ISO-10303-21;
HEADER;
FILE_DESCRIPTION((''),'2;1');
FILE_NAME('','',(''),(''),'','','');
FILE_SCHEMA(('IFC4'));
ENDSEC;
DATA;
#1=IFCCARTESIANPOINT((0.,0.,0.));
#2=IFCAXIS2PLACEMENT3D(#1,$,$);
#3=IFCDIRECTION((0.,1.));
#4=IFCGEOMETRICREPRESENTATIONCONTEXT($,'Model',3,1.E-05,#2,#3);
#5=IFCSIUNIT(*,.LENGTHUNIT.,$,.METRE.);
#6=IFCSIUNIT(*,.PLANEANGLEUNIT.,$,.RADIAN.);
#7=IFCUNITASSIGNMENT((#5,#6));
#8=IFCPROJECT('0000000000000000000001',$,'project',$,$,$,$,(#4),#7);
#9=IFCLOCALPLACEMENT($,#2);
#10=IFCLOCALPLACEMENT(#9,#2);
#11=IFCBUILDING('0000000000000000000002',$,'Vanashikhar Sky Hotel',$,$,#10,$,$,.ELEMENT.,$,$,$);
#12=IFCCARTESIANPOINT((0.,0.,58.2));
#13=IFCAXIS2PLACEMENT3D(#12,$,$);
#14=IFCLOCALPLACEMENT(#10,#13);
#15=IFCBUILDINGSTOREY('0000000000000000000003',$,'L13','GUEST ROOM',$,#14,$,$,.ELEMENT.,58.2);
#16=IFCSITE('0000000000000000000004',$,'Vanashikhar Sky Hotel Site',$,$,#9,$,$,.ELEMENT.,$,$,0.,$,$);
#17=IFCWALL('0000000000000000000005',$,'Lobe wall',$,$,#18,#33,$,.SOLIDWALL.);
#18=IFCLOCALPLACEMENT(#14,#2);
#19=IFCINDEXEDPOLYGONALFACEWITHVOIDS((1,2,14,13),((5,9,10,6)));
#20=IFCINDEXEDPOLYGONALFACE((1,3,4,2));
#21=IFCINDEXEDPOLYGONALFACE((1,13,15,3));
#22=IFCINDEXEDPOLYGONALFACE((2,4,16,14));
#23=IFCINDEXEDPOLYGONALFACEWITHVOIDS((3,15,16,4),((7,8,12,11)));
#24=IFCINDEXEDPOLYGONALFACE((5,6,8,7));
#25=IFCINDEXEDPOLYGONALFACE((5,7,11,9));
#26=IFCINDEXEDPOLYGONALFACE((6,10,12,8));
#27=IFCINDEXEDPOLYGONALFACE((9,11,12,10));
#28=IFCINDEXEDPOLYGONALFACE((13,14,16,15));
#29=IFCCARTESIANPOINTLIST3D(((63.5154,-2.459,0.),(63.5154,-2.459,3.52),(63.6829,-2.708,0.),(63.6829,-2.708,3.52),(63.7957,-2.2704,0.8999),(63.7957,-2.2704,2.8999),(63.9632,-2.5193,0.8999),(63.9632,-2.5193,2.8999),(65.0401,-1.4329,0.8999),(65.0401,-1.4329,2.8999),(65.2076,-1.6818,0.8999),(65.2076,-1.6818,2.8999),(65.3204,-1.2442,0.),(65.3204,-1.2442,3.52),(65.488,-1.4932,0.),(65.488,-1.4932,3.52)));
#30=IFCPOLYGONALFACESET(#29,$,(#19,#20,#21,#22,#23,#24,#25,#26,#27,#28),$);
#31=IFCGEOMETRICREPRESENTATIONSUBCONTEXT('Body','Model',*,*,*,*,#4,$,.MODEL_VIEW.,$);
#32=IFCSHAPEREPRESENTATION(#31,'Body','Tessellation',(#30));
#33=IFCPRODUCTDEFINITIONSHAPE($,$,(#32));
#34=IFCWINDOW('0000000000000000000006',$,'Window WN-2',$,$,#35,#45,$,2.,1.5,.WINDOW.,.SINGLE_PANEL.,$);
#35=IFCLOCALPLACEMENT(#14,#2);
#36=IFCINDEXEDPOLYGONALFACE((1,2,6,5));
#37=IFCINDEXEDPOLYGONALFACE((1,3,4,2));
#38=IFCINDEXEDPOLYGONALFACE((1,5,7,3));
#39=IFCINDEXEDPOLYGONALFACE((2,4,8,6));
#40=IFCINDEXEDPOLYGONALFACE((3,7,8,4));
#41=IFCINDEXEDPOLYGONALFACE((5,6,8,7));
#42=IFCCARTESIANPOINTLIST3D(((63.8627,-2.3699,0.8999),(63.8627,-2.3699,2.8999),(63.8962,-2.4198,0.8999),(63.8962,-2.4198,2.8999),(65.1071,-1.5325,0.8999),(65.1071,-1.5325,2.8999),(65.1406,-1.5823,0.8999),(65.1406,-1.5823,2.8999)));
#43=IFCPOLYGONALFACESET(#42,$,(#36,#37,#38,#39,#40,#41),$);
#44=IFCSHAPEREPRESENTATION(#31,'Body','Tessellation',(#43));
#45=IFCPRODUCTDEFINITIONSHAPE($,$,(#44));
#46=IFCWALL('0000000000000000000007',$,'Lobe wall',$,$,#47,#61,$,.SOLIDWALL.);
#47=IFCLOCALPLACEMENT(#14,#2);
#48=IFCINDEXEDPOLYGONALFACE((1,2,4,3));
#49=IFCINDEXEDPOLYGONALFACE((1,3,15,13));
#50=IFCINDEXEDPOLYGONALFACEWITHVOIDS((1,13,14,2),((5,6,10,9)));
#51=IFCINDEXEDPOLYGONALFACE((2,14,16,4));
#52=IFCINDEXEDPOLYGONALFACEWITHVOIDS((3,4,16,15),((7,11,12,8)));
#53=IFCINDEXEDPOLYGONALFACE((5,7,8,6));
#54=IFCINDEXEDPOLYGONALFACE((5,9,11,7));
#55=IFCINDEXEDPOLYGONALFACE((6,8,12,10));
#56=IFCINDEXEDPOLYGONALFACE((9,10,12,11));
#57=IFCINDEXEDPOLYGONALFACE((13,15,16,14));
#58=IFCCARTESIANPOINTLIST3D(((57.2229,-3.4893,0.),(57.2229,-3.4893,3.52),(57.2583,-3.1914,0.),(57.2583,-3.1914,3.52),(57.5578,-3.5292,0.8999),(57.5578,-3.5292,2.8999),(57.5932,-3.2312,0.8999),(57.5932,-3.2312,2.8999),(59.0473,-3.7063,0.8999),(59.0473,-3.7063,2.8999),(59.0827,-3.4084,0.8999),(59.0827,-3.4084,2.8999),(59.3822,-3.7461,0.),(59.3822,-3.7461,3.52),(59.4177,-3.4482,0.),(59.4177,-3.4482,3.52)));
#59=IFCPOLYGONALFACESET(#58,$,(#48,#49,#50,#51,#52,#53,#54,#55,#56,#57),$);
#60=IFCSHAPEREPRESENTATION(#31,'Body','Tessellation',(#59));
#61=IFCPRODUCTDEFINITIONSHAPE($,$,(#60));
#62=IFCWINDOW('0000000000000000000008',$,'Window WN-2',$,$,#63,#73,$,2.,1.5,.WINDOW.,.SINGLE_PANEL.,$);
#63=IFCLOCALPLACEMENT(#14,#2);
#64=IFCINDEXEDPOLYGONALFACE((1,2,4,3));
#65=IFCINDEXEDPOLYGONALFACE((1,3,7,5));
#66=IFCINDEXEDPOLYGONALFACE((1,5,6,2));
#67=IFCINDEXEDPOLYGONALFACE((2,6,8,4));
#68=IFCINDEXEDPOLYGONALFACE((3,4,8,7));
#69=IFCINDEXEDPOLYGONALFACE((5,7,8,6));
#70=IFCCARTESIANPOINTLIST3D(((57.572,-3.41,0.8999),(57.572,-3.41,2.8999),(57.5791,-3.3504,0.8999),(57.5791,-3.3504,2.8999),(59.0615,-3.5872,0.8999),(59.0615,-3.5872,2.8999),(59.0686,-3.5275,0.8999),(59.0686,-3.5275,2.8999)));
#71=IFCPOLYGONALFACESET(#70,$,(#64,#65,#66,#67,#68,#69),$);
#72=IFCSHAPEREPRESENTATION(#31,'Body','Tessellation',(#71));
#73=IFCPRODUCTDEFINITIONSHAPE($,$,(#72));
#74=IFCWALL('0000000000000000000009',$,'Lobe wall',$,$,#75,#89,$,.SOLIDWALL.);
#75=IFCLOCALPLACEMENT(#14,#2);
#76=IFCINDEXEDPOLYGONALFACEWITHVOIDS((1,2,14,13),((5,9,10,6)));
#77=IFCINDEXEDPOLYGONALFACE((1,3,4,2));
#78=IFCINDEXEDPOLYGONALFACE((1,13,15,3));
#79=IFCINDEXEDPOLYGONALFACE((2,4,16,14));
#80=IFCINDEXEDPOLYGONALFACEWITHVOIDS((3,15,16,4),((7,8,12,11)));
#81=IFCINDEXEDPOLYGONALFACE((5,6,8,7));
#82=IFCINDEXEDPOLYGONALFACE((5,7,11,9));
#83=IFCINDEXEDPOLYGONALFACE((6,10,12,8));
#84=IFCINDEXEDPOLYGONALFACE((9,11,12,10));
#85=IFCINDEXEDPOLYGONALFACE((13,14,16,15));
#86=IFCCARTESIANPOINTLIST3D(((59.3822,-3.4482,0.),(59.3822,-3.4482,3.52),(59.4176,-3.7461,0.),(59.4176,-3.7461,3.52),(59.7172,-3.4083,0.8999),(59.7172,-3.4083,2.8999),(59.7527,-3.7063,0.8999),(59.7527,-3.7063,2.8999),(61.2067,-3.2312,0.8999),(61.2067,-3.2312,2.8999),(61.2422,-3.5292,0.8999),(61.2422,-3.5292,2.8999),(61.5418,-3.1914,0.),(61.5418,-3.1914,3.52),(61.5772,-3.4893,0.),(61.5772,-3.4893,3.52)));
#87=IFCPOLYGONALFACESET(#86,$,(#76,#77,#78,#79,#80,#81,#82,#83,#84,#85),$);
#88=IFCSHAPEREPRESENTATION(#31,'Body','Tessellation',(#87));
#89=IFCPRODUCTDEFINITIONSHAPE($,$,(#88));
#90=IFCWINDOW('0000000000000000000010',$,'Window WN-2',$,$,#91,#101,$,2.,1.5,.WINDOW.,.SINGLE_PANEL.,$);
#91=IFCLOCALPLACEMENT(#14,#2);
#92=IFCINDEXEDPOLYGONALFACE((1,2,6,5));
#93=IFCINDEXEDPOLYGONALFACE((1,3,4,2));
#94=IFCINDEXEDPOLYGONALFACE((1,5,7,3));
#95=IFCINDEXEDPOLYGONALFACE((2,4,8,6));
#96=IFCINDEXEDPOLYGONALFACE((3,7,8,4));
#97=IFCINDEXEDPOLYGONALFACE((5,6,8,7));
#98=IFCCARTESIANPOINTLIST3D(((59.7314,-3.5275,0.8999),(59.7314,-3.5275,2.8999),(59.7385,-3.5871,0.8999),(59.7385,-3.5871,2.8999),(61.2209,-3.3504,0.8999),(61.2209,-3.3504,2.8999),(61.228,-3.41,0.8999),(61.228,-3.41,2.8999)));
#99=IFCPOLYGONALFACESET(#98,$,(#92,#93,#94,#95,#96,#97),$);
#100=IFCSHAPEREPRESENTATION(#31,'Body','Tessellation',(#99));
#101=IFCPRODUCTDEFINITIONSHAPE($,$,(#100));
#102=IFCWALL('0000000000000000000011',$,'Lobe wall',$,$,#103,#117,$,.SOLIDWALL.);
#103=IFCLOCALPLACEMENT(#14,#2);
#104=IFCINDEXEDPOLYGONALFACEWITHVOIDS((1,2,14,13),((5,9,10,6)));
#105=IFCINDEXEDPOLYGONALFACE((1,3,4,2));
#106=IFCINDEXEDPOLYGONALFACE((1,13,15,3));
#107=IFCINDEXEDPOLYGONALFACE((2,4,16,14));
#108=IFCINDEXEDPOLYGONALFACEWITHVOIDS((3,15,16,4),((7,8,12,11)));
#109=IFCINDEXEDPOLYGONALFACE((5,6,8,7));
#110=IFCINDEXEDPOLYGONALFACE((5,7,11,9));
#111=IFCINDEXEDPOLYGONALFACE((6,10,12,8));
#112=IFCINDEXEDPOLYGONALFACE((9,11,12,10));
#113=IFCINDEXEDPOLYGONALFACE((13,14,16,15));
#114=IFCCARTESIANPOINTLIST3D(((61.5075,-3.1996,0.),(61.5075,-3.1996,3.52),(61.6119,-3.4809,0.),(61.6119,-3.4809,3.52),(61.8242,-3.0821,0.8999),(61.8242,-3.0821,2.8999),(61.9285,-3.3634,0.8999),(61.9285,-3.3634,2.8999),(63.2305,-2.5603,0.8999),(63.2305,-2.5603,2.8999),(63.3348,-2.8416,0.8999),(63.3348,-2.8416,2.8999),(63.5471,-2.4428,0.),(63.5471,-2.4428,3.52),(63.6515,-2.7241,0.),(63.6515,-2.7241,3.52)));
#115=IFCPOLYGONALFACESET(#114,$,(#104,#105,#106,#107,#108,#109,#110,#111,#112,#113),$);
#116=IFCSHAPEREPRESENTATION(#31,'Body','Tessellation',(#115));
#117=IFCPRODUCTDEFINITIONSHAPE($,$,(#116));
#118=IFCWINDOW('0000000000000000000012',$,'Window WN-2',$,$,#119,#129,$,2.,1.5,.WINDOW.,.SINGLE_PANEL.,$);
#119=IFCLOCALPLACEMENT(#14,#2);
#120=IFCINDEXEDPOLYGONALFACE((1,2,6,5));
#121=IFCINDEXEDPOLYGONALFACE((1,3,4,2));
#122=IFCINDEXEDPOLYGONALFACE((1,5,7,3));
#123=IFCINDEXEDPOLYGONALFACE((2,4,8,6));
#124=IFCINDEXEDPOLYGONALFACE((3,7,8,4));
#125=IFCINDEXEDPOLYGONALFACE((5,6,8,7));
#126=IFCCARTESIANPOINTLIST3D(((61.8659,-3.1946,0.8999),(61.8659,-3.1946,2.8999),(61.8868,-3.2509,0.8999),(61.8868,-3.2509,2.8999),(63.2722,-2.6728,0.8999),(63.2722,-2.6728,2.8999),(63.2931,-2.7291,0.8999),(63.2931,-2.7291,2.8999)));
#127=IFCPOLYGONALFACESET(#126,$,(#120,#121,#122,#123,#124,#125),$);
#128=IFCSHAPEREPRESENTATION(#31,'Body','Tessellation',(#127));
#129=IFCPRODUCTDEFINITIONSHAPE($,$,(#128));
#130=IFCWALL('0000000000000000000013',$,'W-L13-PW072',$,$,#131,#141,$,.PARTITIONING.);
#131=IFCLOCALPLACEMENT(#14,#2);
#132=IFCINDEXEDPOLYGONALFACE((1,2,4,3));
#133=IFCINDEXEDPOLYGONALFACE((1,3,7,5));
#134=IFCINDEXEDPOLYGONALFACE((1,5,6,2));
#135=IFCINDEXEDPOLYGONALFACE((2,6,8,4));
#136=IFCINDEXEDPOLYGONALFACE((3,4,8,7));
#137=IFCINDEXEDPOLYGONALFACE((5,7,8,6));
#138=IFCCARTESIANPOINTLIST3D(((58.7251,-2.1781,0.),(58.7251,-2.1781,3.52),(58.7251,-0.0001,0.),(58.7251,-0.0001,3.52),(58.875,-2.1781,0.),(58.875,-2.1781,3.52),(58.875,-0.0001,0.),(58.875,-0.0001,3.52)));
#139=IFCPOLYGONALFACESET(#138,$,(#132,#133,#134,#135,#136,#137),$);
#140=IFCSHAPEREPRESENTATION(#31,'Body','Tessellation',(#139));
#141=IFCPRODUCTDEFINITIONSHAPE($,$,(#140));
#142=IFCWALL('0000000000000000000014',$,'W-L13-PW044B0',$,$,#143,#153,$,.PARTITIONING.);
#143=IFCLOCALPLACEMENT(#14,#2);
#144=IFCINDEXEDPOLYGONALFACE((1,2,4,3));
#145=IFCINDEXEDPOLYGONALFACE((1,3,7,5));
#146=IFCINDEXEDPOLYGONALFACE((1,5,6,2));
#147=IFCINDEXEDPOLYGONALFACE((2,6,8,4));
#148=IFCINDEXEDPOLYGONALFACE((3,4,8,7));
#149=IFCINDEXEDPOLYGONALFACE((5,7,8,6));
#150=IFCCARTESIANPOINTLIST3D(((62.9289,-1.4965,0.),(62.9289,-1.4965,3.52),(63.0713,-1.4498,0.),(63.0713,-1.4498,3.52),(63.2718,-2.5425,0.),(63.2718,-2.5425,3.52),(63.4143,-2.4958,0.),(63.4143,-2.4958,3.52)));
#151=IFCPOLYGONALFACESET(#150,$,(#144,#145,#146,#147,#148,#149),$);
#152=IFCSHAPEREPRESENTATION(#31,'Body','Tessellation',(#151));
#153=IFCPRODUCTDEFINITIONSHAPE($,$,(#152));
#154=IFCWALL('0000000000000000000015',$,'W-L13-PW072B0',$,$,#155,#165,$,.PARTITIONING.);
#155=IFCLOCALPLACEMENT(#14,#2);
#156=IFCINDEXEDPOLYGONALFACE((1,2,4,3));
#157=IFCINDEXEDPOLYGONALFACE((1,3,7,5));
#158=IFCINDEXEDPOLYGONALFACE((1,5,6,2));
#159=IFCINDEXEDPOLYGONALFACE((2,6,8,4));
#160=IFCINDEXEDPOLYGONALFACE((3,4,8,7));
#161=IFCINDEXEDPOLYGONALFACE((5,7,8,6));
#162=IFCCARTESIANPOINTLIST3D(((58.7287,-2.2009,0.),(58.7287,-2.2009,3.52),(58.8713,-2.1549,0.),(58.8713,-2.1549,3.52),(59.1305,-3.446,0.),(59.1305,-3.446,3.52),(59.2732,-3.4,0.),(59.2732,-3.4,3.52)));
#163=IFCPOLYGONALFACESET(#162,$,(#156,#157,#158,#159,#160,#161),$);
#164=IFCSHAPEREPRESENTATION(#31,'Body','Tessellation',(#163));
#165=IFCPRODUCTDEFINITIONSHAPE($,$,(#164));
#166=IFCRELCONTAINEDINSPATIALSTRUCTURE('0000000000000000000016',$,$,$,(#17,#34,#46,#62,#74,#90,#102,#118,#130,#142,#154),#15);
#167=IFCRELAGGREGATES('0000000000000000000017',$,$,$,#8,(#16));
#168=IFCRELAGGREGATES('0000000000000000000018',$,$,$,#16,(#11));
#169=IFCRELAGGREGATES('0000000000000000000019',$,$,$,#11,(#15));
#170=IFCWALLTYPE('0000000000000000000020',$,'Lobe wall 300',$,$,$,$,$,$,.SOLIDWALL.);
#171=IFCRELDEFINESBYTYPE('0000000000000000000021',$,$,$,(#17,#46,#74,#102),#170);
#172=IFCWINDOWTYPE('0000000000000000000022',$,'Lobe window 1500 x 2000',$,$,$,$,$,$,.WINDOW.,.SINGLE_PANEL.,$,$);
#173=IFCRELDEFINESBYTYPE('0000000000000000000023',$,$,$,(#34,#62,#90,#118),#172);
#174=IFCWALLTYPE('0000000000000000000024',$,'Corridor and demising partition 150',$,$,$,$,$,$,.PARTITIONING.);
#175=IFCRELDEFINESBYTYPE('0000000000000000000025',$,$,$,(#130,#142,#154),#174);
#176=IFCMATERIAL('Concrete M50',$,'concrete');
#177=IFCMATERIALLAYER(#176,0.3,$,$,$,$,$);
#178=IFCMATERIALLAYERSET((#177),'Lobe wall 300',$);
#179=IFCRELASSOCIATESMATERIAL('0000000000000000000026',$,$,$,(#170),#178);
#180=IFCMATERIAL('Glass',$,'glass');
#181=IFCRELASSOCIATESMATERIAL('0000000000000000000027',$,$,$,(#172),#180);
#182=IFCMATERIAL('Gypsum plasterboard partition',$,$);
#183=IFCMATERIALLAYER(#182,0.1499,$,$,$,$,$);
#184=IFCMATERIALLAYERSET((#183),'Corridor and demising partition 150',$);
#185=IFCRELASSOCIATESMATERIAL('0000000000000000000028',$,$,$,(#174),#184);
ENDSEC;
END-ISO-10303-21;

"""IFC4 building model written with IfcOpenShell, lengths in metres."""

from ifc_helpers import new_model, si_unit, direction, frame, frame_2d, origin, place, context, subcontext, project, spatial, rectangle, extrude, source, transform, mapped, material, layer, layer_set, type_object, element, fill, save


model = new_model("IFC4")

# Units and contexts
model_context = context("Model", 3, precision=1e-05, world=origin(), true_north=direction((0.0, 1.0)))
body_context = subcontext(model_context, "Body", "Model", "MODEL_VIEW")
ifc_project = project(units=[si_unit("LENGTHUNIT", "METRE"), si_unit("PLANEANGLEUNIT", "RADIAN")], contexts=[model_context])

# Site, building, storey
site_placement = place(None, origin())
site = spatial("IfcSite", under=ifc_project, at=site_placement, Name="Vanashikhar Sky Hotel Site", CompositionType="ELEMENT", RefElevation=0.0)
building_placement = place(site_placement, origin())
building = spatial("IfcBuilding", under=site, at=building_placement, Name="Vanashikhar Sky Hotel", CompositionType="ELEMENT")
storey_placement = place(building_placement, frame((0.0, 0.0, 58.2)))
storey = spatial("IfcBuildingStorey", under=building, at=storey_placement, Name="L13", Description="GUEST ROOM", CompositionType="ELEMENT", Elevation=58.2)

# Walls, openings, windows
ifc_material_1 = material(Name="Concrete M50", Category="concrete")
ifc_layer_1 = layer(ifc_material_1, 0.3)
ifc_layer_set_1 = layer_set([ifc_layer_1], Name="Lobe wall 300")
wall_type_1 = type_object("IfcWallType", Name="Lobe wall 300", PredefinedType="SOLIDWALL", material=ifc_layer_set_1)
shared_shape_1 = source(origin(), body_context, "Body", "SweptSolid", [
    extrude(rectangle(XDim=2.1758, YDim=0.3, at=frame_2d((1.0879, 0.0))), origin(), (0.0, 0.0, 1.0), 3.52),
])
wall_1_placement = place(storey_placement, frame((63.5991, -2.5835, 0.0), z_axis=(0.0, 0.0, 1.0), x_axis=(0.829626, 0.55832, 0.0)))
wall_1 = element("IfcWall", 1, at=wall_1_placement, inside=storey, type_object=wall_type_1, Name="Lobe wall", PredefinedType="SOLIDWALL", context=body_context, shape_type="MappedRepresentation", body=[
    mapped(shared_shape_1, transform((0.0, 0.0, 0.0), scale=1.0)),
])
shared_shape_2 = source(origin(), body_context, "Body", "SweptSolid", [
    extrude(rectangle(XDim=1.5, YDim=2.0, at=frame_2d((0.75, 1.0))), frame((0.0, 0.1602, 0.0), z_axis=(0.0, -1.0, 0.0), x_axis=(1.0, 0.0, 0.0)), (0.0, 0.0, 1.0), 0.3201),
])
opening_1_placement = place(wall_1_placement, frame((0.3379, 0.0, 0.8999)))
opening_1 = element("IfcOpeningElement", 2, at=opening_1_placement, cuts=wall_1, PredefinedType="OPENING", context=body_context, shape_type="MappedRepresentation", body=[
    mapped(shared_shape_2, transform((0.0, 0.0, 0.0), scale=1.0)),
])
ifc_material_2 = material(Name="Glass", Category="glass")
window_type = type_object("IfcWindowType", Name="Lobe window 1500 x 2000", PartitioningType="SINGLE_PANEL", PredefinedType="WINDOW", material=ifc_material_2)
shared_shape_3 = source(origin(), body_context, "Body", "SweptSolid", [
    extrude(rectangle(XDim=1.5, YDim=2.0, at=frame_2d((0.75, 1.0))), frame((0.0, 0.03, 0.0), z_axis=(0.0, -1.0, 0.0), x_axis=(1.0, 0.0, 0.0)), (0.0, 0.0, 1.0), 0.0601),
])
window_1_placement = place(opening_1_placement, origin())
window_1 = element("IfcWindow", 3, at=window_1_placement, inside=storey, type_object=window_type, Name="Window WN-2", OverallHeight=2.0, OverallWidth=1.5, PartitioningType="SINGLE_PANEL", PredefinedType="WINDOW", context=body_context, shape_type="MappedRepresentation", body=[
    mapped(shared_shape_3, transform((0.0, 0.0, 0.0), scale=1.0)),
])
fill(opening_1, window_1)
shared_shape_4 = source(origin(), body_context, "Body", "SweptSolid", [
    extrude(rectangle(XDim=2.1746, YDim=0.3, at=frame_2d((1.0874, 0.0))), origin(), (0.0, 0.0, 1.0), 3.52),
])
wall_2_placement = place(storey_placement, frame((57.2405, -3.3403, 0.0), z_axis=(0.0, 0.0, 1.0), x_axis=(0.993001, -0.118105, 0.0)))
wall_2 = element("IfcWall", 4, at=wall_2_placement, inside=storey, type_object=wall_type_1, Name="Lobe wall", PredefinedType="SOLIDWALL", context=body_context, shape_type="MappedRepresentation", body=[
    mapped(shared_shape_4, transform((0.0, 0.0, 0.0), scale=1.0)),
])
opening_2_placement = place(wall_2_placement, frame((0.3374, 0.0, 0.8999)))
opening_2 = element("IfcOpeningElement", 5, at=opening_2_placement, cuts=wall_2, PredefinedType="OPENING", context=body_context, shape_type="MappedRepresentation", body=[
    mapped(shared_shape_2, transform((0.0, 0.0, 0.0), scale=1.0)),
])
window_2_placement = place(opening_2_placement, origin())
window_2 = element("IfcWindow", 6, at=window_2_placement, inside=storey, type_object=window_type, Name="Window WN-2", OverallHeight=2.0, OverallWidth=1.5, PartitioningType="SINGLE_PANEL", PredefinedType="WINDOW", context=body_context, shape_type="MappedRepresentation", body=[
    mapped(shared_shape_3, transform((0.0, 0.0, 0.0), scale=1.0)),
])
fill(opening_2, window_2)
shared_shape_5 = source(origin(), body_context, "Body", "SweptSolid", [
    extrude(rectangle(XDim=2.1748, YDim=0.3, at=frame_2d((1.0874, 0.0))), origin(), (0.0, 0.0, 1.0), 3.52),
])
wall_3_placement = place(storey_placement, frame((59.3999, -3.5972, 0.0), z_axis=(0.0, 0.0, 1.0), x_axis=(0.993003, 0.118092, 0.0)))
wall_3 = element("IfcWall", 7, at=wall_3_placement, inside=storey, type_object=wall_type_1, Name="Lobe wall", PredefinedType="SOLIDWALL", context=body_context, shape_type="MappedRepresentation", body=[
    mapped(shared_shape_5, transform((0.0, 0.0, 0.0), scale=1.0)),
])
opening_3_placement = place(wall_3_placement, frame((0.3374, 0.0, 0.8999)))
opening_3 = element("IfcOpeningElement", 8, at=opening_3_placement, cuts=wall_3, PredefinedType="OPENING", context=body_context, shape_type="MappedRepresentation", body=[
    mapped(shared_shape_2, transform((0.0, 0.0, 0.0), scale=1.0)),
])
window_3_placement = place(opening_3_placement, origin())
window_3 = element("IfcWindow", 9, at=window_3_placement, inside=storey, type_object=window_type, Name="Window WN-2", OverallHeight=2.0, OverallWidth=1.5, PartitioningType="SINGLE_PANEL", PredefinedType="WINDOW", context=body_context, shape_type="MappedRepresentation", body=[
    mapped(shared_shape_3, transform((0.0, 0.0, 0.0), scale=1.0)),
])
fill(opening_3, window_3)
shared_shape_6 = source(origin(), body_context, "Body", "SweptSolid", [
    extrude(rectangle(XDim=2.1755, YDim=0.3, at=frame_2d((1.0879, 0.0))), origin(), (0.0, 0.0, 1.0), 3.52),
])
wall_4_placement = place(storey_placement, frame((61.5596, -3.3403, 0.0), z_axis=(0.0, 0.0, 1.0), x_axis=(0.937532, 0.347899, 0.0)))
wall_4 = element("IfcWall", 10, at=wall_4_placement, inside=storey, type_object=wall_type_1, Name="Lobe wall", PredefinedType="SOLIDWALL", context=body_context, shape_type="MappedRepresentation", body=[
    mapped(shared_shape_6, transform((0.0, 0.0, 0.0), scale=1.0)),
])
opening_4_placement = place(wall_4_placement, frame((0.3379, 0.0, 0.8999)))
opening_4 = element("IfcOpeningElement", 11, at=opening_4_placement, cuts=wall_4, PredefinedType="OPENING", context=body_context, shape_type="MappedRepresentation", body=[
    mapped(shared_shape_2, transform((0.0, 0.0, 0.0), scale=1.0)),
])
window_4_placement = place(opening_4_placement, origin())
window_4 = element("IfcWindow", 12, at=window_4_placement, inside=storey, type_object=window_type, Name="Window WN-2", OverallHeight=2.0, OverallWidth=1.5, PartitioningType="SINGLE_PANEL", PredefinedType="WINDOW", context=body_context, shape_type="MappedRepresentation", body=[
    mapped(shared_shape_3, transform((0.0, 0.0, 0.0), scale=1.0)),
])
fill(opening_4, window_4)

# Walls
ifc_material_3 = material(Name="Gypsum plasterboard partition")
ifc_layer_2 = layer(ifc_material_3, 0.1499)
ifc_layer_set_2 = layer_set([ifc_layer_2], Name="Corridor and demising partition 150")
wall_type_2 = type_object("IfcWallType", Name="Corridor and demising partition 150", PredefinedType="PARTITIONING", material=ifc_layer_set_2)
shared_shape_7 = source(origin(), body_context, "Body", "SweptSolid", [
    extrude(rectangle(XDim=2.178, YDim=0.1499, at=frame_2d((1.0889, 0.0))), origin(), (0.0, 0.0, 1.0), 3.52),
])
wall_5_placement = place(storey_placement, frame((58.8, -2.178, 0.0), z_axis=(0.0, 0.0, 1.0), x_axis=(0.0, 1.0, 0.0)))
element("IfcWall", 13, at=wall_5_placement, inside=storey, type_object=wall_type_2, Name="W-L13-PW072", PredefinedType="PARTITIONING", context=body_context, shape_type="MappedRepresentation", body=[
    mapped(shared_shape_7, transform((0.0, 0.0, 0.0), scale=1.0)),
])
shared_shape_8 = source(origin(), body_context, "Body", "SweptSolid", [
    extrude(rectangle(XDim=1.1008, YDim=0.1499, at=frame_2d((0.5503, 0.0))), origin(), (0.0, 0.0, 1.0), 3.52),
])
wall_6_placement = place(storey_placement, frame((63.343, -2.519, 0.0), z_axis=(0.0, 0.0, 1.0), x_axis=(-0.311567, 0.950224, 0.0)))
element("IfcWall", 14, at=wall_6_placement, inside=storey, type_object=wall_type_2, Name="W-L13-PW044B0", PredefinedType="PARTITIONING", context=body_context, shape_type="MappedRepresentation", body=[
    mapped(shared_shape_8, transform((0.0, 0.0, 0.0), scale=1.0)),
])
shared_shape_9 = source(origin(), body_context, "Body", "SweptSolid", [
    extrude(rectangle(XDim=1.3083, YDim=0.1499, at=frame_2d((0.6543, 0.0))), origin(), (0.0, 0.0, 1.0), 3.52),
])
wall_7_placement = place(storey_placement, frame((59.2019, -3.4231, 0.0), z_axis=(0.0, 0.0, 1.0), x_axis=(-0.307145, 0.951663, 0.0)))
element("IfcWall", 15, at=wall_7_placement, inside=storey, type_object=wall_type_2, Name="W-L13-PW072B0", PredefinedType="PARTITIONING", context=body_context, shape_type="MappedRepresentation", body=[
    mapped(shared_shape_9, transform((0.0, 0.0, 0.0), scale=1.0)),
])

save(model, "model.ifc")
